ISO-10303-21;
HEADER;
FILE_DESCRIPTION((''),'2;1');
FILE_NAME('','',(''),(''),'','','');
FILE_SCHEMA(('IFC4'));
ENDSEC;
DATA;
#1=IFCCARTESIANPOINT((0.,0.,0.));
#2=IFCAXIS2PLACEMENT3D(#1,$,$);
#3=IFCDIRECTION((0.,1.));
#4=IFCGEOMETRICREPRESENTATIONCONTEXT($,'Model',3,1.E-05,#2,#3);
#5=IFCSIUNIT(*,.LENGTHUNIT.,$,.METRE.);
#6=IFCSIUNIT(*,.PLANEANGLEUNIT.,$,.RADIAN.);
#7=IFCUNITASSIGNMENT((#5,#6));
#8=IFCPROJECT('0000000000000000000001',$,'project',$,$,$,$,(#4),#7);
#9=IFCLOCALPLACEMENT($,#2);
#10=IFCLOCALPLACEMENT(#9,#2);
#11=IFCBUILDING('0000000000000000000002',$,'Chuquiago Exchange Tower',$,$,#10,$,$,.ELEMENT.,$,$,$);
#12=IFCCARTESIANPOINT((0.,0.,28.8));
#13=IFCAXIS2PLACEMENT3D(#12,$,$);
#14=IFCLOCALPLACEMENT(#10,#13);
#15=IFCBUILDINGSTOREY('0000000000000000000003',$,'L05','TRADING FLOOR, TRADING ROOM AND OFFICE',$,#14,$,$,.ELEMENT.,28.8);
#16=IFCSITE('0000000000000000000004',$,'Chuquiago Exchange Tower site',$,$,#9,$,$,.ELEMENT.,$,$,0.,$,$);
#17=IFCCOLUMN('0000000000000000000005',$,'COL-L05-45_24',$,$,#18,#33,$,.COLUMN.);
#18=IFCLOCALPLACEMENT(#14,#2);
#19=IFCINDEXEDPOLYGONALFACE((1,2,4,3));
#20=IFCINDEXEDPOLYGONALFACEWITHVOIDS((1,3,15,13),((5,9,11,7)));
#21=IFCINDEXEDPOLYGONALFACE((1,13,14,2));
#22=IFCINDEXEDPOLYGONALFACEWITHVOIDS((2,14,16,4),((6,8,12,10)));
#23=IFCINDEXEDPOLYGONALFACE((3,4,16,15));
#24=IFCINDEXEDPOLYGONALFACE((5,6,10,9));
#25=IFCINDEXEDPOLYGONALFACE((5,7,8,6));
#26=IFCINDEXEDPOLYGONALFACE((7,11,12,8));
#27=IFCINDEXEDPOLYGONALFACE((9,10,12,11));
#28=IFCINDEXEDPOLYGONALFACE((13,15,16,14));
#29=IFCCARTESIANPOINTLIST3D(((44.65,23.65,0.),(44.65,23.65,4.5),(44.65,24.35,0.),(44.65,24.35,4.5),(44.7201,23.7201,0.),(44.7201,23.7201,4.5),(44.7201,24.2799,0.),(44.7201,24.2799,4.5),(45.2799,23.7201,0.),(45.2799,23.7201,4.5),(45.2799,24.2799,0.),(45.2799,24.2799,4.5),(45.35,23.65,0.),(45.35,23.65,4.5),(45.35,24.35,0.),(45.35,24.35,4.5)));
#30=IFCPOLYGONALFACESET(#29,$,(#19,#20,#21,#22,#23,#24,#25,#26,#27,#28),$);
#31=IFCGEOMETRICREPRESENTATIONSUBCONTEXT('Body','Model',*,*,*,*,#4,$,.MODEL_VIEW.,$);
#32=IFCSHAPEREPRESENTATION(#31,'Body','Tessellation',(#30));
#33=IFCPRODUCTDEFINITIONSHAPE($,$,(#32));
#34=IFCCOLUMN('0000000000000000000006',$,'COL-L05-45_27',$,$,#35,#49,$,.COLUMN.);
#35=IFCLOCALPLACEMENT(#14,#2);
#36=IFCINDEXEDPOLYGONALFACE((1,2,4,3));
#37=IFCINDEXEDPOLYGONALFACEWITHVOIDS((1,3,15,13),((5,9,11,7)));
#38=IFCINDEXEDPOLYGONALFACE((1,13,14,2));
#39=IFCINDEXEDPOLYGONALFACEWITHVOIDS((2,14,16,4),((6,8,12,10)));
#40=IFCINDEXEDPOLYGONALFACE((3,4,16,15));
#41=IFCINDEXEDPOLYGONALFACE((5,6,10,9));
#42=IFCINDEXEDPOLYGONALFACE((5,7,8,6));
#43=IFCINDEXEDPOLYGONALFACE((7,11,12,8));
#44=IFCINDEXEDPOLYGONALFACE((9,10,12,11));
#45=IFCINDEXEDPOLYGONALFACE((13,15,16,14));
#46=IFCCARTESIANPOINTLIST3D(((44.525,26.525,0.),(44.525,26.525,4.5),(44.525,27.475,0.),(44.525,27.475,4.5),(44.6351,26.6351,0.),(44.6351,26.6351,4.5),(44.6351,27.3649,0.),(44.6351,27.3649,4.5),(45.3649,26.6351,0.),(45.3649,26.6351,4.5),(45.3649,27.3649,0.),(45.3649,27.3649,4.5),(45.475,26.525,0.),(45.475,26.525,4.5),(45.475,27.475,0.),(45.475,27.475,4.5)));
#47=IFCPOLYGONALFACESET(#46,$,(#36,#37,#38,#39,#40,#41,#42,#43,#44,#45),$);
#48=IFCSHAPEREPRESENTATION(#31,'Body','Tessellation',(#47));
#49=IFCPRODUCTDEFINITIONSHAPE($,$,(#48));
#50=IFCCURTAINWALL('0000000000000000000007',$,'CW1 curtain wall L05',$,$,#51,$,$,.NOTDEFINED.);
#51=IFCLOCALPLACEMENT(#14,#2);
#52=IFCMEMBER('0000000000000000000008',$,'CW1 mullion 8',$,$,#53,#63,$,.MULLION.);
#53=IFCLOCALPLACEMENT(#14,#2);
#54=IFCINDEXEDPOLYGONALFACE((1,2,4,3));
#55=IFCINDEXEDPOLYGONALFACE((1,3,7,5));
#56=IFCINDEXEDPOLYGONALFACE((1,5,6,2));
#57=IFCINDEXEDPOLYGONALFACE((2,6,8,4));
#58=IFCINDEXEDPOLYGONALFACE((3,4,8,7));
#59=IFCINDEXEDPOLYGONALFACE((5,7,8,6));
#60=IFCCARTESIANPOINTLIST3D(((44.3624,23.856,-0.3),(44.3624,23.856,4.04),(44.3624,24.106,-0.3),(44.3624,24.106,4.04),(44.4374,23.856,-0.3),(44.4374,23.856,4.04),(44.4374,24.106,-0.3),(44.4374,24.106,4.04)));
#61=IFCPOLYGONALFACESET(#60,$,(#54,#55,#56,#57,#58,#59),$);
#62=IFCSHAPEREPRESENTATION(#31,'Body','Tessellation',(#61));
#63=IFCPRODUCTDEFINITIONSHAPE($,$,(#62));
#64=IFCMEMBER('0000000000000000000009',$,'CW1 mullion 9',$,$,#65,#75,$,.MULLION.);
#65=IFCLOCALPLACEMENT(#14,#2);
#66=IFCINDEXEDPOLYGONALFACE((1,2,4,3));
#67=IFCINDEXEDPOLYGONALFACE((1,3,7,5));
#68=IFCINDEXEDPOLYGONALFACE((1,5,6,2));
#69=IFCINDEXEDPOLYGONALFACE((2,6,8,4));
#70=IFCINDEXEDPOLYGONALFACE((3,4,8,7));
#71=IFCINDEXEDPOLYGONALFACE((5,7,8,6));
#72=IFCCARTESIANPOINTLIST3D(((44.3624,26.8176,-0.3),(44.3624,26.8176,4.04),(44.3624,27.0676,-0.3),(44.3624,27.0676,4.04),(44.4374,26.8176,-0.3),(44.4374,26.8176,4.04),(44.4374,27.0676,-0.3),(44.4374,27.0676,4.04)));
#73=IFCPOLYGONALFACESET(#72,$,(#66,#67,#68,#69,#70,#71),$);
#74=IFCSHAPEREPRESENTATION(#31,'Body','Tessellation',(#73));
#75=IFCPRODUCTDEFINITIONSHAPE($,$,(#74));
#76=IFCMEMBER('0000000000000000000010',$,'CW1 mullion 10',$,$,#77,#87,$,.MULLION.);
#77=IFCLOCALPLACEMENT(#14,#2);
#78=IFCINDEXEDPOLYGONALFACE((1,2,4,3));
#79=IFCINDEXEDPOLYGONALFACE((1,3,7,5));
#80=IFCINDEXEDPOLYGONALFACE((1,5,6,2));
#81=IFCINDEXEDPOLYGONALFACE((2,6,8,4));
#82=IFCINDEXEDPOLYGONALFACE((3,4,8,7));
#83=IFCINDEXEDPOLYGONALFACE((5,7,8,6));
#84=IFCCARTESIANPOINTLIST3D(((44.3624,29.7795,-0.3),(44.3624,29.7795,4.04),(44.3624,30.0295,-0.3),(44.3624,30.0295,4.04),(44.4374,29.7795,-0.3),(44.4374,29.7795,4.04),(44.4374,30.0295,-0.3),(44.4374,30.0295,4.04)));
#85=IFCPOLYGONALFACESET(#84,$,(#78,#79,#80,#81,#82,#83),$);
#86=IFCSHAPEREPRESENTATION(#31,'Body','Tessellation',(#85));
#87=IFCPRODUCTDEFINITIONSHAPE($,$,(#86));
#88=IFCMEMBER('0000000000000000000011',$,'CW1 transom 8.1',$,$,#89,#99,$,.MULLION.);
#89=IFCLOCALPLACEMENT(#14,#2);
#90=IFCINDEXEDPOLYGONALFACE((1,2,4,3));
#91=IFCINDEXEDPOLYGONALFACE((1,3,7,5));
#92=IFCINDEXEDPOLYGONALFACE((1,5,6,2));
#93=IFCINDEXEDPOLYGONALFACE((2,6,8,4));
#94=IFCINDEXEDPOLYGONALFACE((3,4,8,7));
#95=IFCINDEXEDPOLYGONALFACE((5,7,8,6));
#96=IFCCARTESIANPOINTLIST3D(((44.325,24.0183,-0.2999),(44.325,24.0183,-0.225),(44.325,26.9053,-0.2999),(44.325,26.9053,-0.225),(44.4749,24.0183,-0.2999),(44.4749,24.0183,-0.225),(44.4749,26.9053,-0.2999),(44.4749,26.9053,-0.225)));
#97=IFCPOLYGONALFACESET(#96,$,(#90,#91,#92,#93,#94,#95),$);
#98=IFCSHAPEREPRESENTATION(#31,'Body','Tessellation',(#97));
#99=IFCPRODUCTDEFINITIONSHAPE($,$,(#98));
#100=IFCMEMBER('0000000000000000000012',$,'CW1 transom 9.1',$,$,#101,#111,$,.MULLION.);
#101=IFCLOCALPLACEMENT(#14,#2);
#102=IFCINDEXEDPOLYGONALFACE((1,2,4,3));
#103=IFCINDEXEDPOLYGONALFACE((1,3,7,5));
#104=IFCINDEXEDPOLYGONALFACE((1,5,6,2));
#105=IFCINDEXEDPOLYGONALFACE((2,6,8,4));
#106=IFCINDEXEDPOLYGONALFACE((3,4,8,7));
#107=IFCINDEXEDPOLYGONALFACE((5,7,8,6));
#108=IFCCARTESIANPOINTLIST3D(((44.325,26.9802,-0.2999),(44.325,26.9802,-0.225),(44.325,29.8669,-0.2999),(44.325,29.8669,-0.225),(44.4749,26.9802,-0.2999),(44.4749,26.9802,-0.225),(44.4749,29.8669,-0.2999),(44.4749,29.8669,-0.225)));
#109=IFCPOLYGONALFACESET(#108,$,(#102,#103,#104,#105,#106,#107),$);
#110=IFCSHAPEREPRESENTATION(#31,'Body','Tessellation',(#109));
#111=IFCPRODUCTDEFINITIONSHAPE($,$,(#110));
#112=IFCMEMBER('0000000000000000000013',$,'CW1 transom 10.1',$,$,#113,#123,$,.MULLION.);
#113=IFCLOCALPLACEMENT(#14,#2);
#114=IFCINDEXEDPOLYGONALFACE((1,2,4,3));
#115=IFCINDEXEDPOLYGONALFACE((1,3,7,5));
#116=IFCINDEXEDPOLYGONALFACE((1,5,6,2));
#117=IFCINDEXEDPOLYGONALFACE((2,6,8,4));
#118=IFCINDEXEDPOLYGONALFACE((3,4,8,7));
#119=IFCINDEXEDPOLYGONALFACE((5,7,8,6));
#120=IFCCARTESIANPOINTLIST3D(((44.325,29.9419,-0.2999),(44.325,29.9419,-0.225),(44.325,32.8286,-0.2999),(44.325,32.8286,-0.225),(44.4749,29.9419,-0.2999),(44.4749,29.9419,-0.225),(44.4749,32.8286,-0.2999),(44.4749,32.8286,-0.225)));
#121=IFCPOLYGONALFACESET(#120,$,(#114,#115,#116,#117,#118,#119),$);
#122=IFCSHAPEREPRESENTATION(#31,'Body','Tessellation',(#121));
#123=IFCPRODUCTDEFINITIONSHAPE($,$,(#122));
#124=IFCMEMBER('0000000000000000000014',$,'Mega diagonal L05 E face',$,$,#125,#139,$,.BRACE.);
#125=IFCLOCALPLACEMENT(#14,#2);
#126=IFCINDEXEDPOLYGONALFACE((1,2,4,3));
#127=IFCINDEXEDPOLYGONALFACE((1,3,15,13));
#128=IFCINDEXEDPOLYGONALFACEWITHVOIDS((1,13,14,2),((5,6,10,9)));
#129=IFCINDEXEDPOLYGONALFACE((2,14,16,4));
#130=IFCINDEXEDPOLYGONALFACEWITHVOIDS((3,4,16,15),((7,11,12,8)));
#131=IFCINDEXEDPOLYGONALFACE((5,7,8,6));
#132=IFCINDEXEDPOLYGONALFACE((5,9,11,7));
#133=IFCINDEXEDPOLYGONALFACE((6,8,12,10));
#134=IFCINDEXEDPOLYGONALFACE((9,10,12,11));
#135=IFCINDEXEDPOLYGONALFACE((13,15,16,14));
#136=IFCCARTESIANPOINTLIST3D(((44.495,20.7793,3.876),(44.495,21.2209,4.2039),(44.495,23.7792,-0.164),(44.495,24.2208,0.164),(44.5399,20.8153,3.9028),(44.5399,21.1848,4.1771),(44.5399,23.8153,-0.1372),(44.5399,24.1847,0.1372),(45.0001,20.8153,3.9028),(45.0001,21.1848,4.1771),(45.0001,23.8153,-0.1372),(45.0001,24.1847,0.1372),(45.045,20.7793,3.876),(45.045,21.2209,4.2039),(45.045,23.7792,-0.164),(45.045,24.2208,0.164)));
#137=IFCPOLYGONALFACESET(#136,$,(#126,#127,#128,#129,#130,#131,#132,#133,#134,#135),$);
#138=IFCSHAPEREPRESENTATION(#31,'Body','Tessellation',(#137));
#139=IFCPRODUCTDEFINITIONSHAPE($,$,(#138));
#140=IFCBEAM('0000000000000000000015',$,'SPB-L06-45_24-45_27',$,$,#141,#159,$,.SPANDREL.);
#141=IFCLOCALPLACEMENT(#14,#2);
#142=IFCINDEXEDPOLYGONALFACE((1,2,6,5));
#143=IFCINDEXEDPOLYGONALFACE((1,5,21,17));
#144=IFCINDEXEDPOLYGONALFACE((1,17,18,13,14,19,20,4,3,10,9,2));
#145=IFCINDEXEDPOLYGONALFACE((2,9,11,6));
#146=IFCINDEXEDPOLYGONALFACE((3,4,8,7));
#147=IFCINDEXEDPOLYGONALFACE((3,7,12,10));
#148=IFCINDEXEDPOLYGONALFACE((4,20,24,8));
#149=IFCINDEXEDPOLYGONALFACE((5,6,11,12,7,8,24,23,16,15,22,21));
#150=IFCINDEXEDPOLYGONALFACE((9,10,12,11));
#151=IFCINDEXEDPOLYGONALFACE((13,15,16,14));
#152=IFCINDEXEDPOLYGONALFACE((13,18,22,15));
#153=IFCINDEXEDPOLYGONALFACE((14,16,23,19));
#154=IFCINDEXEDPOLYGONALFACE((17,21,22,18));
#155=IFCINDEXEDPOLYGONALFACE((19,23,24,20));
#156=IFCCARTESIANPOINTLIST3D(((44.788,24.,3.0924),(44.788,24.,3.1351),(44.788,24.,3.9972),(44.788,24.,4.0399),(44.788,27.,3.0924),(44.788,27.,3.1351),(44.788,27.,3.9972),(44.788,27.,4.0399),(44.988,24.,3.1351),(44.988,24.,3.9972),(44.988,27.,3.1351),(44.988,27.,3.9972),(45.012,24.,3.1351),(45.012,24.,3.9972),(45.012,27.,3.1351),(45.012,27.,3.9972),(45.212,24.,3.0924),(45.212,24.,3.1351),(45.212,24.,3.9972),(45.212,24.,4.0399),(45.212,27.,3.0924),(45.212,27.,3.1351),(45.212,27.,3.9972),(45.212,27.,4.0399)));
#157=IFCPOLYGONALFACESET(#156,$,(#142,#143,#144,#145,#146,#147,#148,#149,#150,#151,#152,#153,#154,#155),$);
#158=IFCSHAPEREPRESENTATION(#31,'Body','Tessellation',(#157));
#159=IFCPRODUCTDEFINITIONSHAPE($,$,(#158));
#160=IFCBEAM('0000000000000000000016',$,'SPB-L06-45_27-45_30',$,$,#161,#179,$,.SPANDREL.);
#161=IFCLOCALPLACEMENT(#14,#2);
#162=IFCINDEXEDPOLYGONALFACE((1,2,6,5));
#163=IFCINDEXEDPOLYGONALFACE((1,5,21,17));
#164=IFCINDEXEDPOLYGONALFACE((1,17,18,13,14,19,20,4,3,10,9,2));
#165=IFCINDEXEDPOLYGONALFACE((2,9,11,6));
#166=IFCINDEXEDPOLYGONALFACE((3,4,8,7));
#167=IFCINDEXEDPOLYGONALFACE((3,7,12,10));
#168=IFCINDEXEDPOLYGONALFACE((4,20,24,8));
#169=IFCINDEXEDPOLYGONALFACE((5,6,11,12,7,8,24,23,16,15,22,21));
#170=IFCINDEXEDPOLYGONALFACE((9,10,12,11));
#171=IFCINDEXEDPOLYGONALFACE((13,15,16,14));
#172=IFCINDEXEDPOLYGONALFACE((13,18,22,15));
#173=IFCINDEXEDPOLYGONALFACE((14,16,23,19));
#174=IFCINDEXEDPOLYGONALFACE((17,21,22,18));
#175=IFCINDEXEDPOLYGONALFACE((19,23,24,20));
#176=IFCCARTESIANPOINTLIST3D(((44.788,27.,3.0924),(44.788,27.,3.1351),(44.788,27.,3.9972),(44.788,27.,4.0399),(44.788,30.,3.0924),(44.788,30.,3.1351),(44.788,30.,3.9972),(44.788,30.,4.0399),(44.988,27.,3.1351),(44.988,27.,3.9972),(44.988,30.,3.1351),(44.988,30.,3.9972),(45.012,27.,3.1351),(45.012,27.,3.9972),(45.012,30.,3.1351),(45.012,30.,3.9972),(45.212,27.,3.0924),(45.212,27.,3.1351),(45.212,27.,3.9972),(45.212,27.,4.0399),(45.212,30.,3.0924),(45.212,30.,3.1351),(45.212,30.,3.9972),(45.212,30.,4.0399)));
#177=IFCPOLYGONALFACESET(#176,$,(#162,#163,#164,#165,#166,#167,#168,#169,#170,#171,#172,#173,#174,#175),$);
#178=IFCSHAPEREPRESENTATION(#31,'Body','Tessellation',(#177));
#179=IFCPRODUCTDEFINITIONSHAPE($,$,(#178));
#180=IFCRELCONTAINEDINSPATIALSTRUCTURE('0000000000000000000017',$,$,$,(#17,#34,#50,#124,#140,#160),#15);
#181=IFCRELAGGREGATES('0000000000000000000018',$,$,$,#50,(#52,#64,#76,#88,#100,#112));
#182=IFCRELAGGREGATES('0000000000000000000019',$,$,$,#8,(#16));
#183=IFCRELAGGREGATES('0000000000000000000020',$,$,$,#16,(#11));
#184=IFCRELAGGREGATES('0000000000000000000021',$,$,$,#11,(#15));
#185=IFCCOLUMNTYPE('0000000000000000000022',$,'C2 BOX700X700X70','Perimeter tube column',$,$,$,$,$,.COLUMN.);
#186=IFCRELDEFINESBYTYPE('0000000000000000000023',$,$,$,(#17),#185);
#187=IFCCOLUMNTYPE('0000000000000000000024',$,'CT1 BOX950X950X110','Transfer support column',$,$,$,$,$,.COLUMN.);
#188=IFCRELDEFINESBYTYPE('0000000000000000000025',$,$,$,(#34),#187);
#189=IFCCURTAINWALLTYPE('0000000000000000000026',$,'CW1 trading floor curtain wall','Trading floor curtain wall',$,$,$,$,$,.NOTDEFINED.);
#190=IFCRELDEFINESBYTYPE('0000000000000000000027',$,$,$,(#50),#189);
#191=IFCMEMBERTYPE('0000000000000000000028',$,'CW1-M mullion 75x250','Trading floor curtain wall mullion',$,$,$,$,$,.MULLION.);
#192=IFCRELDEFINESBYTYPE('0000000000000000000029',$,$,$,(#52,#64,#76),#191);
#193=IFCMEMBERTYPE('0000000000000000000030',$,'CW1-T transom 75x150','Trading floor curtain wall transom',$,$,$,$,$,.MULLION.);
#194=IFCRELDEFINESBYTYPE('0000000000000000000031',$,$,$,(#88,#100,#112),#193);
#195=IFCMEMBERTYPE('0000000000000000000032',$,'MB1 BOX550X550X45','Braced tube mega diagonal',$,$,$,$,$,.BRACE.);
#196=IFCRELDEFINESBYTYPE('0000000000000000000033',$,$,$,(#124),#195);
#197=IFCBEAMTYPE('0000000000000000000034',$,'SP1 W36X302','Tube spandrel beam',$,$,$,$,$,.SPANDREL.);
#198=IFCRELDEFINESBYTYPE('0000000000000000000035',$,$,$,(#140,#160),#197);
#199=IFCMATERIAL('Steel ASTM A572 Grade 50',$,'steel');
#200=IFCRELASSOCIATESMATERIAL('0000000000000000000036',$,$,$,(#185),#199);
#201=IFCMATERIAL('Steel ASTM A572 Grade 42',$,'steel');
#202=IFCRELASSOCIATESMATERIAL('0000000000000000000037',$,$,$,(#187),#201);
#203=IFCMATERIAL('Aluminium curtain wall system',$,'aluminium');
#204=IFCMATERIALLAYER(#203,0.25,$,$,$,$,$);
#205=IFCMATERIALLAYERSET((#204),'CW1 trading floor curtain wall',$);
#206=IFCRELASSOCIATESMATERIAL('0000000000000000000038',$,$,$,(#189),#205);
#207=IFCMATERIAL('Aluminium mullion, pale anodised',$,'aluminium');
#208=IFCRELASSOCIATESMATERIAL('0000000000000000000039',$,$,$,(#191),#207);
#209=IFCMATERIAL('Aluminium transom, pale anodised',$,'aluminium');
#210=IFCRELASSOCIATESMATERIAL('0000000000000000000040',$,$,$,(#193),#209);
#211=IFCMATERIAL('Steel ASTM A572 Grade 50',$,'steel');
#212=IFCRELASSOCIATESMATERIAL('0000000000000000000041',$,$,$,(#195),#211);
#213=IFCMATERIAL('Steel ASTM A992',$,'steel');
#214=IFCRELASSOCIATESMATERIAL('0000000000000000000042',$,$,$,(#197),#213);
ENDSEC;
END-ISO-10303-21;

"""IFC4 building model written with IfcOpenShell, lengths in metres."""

from ifc_helpers import new_model, si_unit, direction, frame, origin, origin_2d, place, context, subcontext, project, spatial, rectangle, hollow_rectangle, i_section, extrude, material, layer, layer_set, material_profile, profile_set, type_object, element, aggregate, save


model = new_model("IFC4")

# Units and contexts
model_context = context("Model", 3, precision=1e-05, world=origin(), true_north=direction((0.0, 1.0)))
body_context = subcontext(model_context, "Body", "Model", "MODEL_VIEW")
ifc_project = project(units=[si_unit("LENGTHUNIT", "METRE"), si_unit("PLANEANGLEUNIT", "RADIAN")], contexts=[model_context])

# Site, building, storey
site_placement = place(None, origin())
site = spatial("IfcSite", under=ifc_project, at=site_placement, Name="Chuquiago Exchange Tower site", CompositionType="ELEMENT", RefElevation=0.0)
building_placement = place(site_placement, origin())
building = spatial("IfcBuilding", under=site, at=building_placement, Name="Chuquiago Exchange Tower", CompositionType="ELEMENT")
storey_placement = place(building_placement, frame((0.0, 0.0, 28.8)))
storey = spatial("IfcBuildingStorey", under=building, at=storey_placement, Name="L05", Description="TRADING FLOOR, TRADING ROOM AND OFFICE", CompositionType="ELEMENT", Elevation=28.8)

# Columns
ifc_material_1 = material(Name="Steel ASTM A572 Grade 50", Category="steel")
ifc_material_profile_1 = material_profile(ifc_material_1, hollow_rectangle(XDim=0.7, YDim=0.7, WallThickness=0.0701, at=origin_2d()), Name="BOX700X700X70")
ifc_profile_set_1 = profile_set([ifc_material_profile_1], Name="Steel ASTM A572 Grade 50")
column_type_1 = type_object("IfcColumnType", Name="C2 BOX700X700X70", Description="Perimeter tube column", PredefinedType="COLUMN", material=ifc_profile_set_1)
column_1_placement = place(storey_placement, frame((45.0, 24.0, 0.0), z_axis=(0.0, 0.0, 1.0), x_axis=(1.0, 0.0, 0.0)))
element("IfcColumn", 1, at=column_1_placement, inside=storey, type_object=column_type_1, Name="COL-L05-45_24", PredefinedType="COLUMN", context=body_context, shape_type="SweptSolid", body=[
    extrude(hollow_rectangle(XDim=0.7, YDim=0.7, WallThickness=0.0701, at=origin_2d()), origin(), (0.0, 0.0, 1.0), 4.5),
])
ifc_material_2 = material(Name="Steel ASTM A572 Grade 42", Category="steel")
ifc_material_profile_2 = material_profile(ifc_material_2, hollow_rectangle(XDim=0.95, YDim=0.95, WallThickness=0.1101, at=origin_2d()), Name="BOX950X950X110")
ifc_profile_set_2 = profile_set([ifc_material_profile_2], Name="Steel ASTM A572 Grade 42")
column_type_2 = type_object("IfcColumnType", Name="CT1 BOX950X950X110", Description="Transfer support column", PredefinedType="COLUMN", material=ifc_profile_set_2)
column_2_placement = place(storey_placement, frame((45.0, 27.0, 0.0), z_axis=(0.0, 0.0, 1.0), x_axis=(1.0, 0.0, 0.0)))
element("IfcColumn", 2, at=column_2_placement, inside=storey, type_object=column_type_2, Name="COL-L05-45_27", PredefinedType="COLUMN", context=body_context, shape_type="SweptSolid", body=[
    extrude(hollow_rectangle(XDim=0.95, YDim=0.95, WallThickness=0.1101, at=origin_2d()), origin(), (0.0, 0.0, 1.0), 4.5),
])

# Curtain wall, members
ifc_material_3 = material(Name="Aluminium curtain wall system", Category="aluminium")
ifc_layer_1 = layer(ifc_material_3, 0.25)
ifc_layer_set_1 = layer_set([ifc_layer_1], Name="CW1 trading floor curtain wall")
curtain_wall_type = type_object("IfcCurtainWallType", Name="CW1 trading floor curtain wall", Description="Trading floor curtain wall", PredefinedType="NOTDEFINED", material=ifc_layer_set_1)
curtain_wall_placement = place(storey_placement, origin())
curtain_wall = element("IfcCurtainWall", 3, at=curtain_wall_placement, inside=storey, type_object=curtain_wall_type, Name="CW1 curtain wall L05", PredefinedType="NOTDEFINED")
ifc_material_4 = material(Name="Aluminium mullion, pale anodised", Category="aluminium")
ifc_material_profile_3 = material_profile(ifc_material_4, rectangle(XDim=0.075, YDim=0.25, at=origin_2d()), Name="AL 75x250")
ifc_profile_set_3 = profile_set([ifc_material_profile_3], Name="Aluminium mullion, pale anodised")
member_type_1 = type_object("IfcMemberType", Name="CW1-M mullion 75x250", Description="Trading floor curtain wall mullion", PredefinedType="MULLION", material=ifc_profile_set_3)
member_1_placement = place(storey_placement, frame((44.3999, 23.981, -0.3), z_axis=(0.0, 0.0, 1.0), x_axis=(-1.0, 0.0, 0.0)))
member_1 = element("IfcMember", 4, at=member_1_placement, type_object=member_type_1, Name="CW1 mullion 8", PredefinedType="MULLION", context=body_context, shape_type="SweptSolid", body=[
    extrude(rectangle(XDim=0.075, YDim=0.25, at=origin_2d()), origin(), (0.0, 0.0, 1.0), 4.3401),
])
member_2_placement = place(storey_placement, frame((44.3999, 26.9426, -0.3), z_axis=(0.0, 0.0, 1.0), x_axis=(-1.0, 0.0, 0.0)))
member_2 = element("IfcMember", 5, at=member_2_placement, type_object=member_type_1, Name="CW1 mullion 9", PredefinedType="MULLION", context=body_context, shape_type="SweptSolid", body=[
    extrude(rectangle(XDim=0.075, YDim=0.25, at=origin_2d()), origin(), (0.0, 0.0, 1.0), 4.3401),
])
member_3_placement = place(storey_placement, frame((44.3999, 29.9045, -0.3), z_axis=(0.0, 0.0, 1.0), x_axis=(-1.0, 0.0, 0.0)))
member_3 = element("IfcMember", 6, at=member_3_placement, type_object=member_type_1, Name="CW1 mullion 10", PredefinedType="MULLION", context=body_context, shape_type="SweptSolid", body=[
    extrude(rectangle(XDim=0.075, YDim=0.25, at=origin_2d()), origin(), (0.0, 0.0, 1.0), 4.3401),
])
ifc_material_5 = material(Name="Aluminium transom, pale anodised", Category="aluminium")
ifc_material_profile_4 = material_profile(ifc_material_5, rectangle(XDim=0.1499, YDim=0.075, at=origin_2d()), Name="AL 150x75")
ifc_profile_set_4 = profile_set([ifc_material_profile_4], Name="Aluminium transom, pale anodised")
member_type_2 = type_object("IfcMemberType", Name="CW1-T transom 75x150", Description="Trading floor curtain wall transom", PredefinedType="MULLION", material=ifc_profile_set_4)
member_4_placement = place(storey_placement, frame((44.3999, 24.0183, -0.2625), z_axis=(0.0, 1.0, 0.0), x_axis=(-1.0, 0.0, 0.0)))
member_4 = element("IfcMember", 7, at=member_4_placement, type_object=member_type_2, Name="CW1 transom 8.1", PredefinedType="MULLION", context=body_context, shape_type="SweptSolid", body=[
    extrude(rectangle(XDim=0.1499, YDim=0.075, at=origin_2d()), origin(), (0.0, 0.0, 1.0), 2.887),
])
member_5_placement = place(storey_placement, frame((44.3999, 26.9802, -0.2625), z_axis=(0.0, 1.0, 0.0), x_axis=(-1.0, 0.0, 0.0)))
member_5 = element("IfcMember", 8, at=member_5_placement, type_object=member_type_2, Name="CW1 transom 9.1", PredefinedType="MULLION", context=body_context, shape_type="SweptSolid", body=[
    extrude(rectangle(XDim=0.1499, YDim=0.075, at=origin_2d()), origin(), (0.0, 0.0, 1.0), 2.8867),
])
member_6_placement = place(storey_placement, frame((44.3999, 29.9419, -0.2625), z_axis=(0.0, 1.0, 0.0), x_axis=(-1.0, 0.0, 0.0)))
member_6 = element("IfcMember", 9, at=member_6_placement, type_object=member_type_2, Name="CW1 transom 10.1", PredefinedType="MULLION", context=body_context, shape_type="SweptSolid", body=[
    extrude(rectangle(XDim=0.1499, YDim=0.075, at=origin_2d()), origin(), (0.0, 0.0, 1.0), 2.8867),
])

# Member
ifc_material_6 = material(Name="Steel ASTM A572 Grade 50", Category="steel")
ifc_material_profile_5 = material_profile(ifc_material_6, hollow_rectangle(XDim=0.55, YDim=0.55, WallThickness=0.0449, at=origin_2d()), Name="BOX550X550X45")
ifc_profile_set_5 = profile_set([ifc_material_profile_5], Name="Steel ASTM A572 Grade 50")
member_type_3 = type_object("IfcMemberType", Name="MB1 BOX550X550X45", Description="Braced tube mega diagonal", PredefinedType="BRACE", material=ifc_profile_set_5)
member_7_placement = place(storey_placement, frame((44.77, 24.0, 0.0), z_axis=(0.0, -0.596174, 0.802855), x_axis=(1.0, 0.0, 0.0)))
element("IfcMember", 10, at=member_7_placement, inside=storey, type_object=member_type_3, Name="Mega diagonal L05 E face", PredefinedType="BRACE", context=body_context, shape_type="SweptSolid", body=[
    extrude(hollow_rectangle(XDim=0.55, YDim=0.55, WallThickness=0.0449, at=origin_2d()), origin(), (0.0, 0.0, 1.0), 5.032),
])

# Beams
ifc_material_7 = material(Name="Steel ASTM A992", Category="steel")
ifc_material_profile_6 = material_profile(ifc_material_7, i_section(OverallWidth=0.4241, OverallDepth=0.9475, WebThickness=0.0239, FlangeThickness=0.0427, at=origin_2d()), Name="W36X302")
ifc_profile_set_6 = profile_set([ifc_material_profile_6], Name="Steel ASTM A992")
beam_type = type_object("IfcBeamType", Name="SP1 W36X302", Description="Tube spandrel beam", PredefinedType="SPANDREL", material=ifc_profile_set_6)
for number, where, z_axis, x_axis, name in (
    (11, (45.0, 24.0, 3.5662), (0.0, 1.0, 0.0), (-1.0, 0.0, 0.0), "SPB-L06-45_24-45_27"),
    (12, (45.0, 27.0, 3.5662), (0.0, 1.0, 0.0), (-1.0, 0.0, 0.0), "SPB-L06-45_27-45_30"),
):
    element("IfcBeam", number, at=place(storey_placement, frame(where, z_axis=z_axis, x_axis=x_axis)), inside=storey, type_object=beam_type, Name=name, PredefinedType="SPANDREL", context=body_context, shape_type="SweptSolid", body=[
        extrude(i_section(OverallWidth=0.4241, OverallDepth=0.9475, WebThickness=0.0239, FlangeThickness=0.0427, at=origin_2d()), origin(), (0.0, 0.0, 1.0), 3.0),
    ])

aggregate(curtain_wall, [member_1, member_2, member_3, member_4, member_5, member_6])

save(model, "model.ifc")
